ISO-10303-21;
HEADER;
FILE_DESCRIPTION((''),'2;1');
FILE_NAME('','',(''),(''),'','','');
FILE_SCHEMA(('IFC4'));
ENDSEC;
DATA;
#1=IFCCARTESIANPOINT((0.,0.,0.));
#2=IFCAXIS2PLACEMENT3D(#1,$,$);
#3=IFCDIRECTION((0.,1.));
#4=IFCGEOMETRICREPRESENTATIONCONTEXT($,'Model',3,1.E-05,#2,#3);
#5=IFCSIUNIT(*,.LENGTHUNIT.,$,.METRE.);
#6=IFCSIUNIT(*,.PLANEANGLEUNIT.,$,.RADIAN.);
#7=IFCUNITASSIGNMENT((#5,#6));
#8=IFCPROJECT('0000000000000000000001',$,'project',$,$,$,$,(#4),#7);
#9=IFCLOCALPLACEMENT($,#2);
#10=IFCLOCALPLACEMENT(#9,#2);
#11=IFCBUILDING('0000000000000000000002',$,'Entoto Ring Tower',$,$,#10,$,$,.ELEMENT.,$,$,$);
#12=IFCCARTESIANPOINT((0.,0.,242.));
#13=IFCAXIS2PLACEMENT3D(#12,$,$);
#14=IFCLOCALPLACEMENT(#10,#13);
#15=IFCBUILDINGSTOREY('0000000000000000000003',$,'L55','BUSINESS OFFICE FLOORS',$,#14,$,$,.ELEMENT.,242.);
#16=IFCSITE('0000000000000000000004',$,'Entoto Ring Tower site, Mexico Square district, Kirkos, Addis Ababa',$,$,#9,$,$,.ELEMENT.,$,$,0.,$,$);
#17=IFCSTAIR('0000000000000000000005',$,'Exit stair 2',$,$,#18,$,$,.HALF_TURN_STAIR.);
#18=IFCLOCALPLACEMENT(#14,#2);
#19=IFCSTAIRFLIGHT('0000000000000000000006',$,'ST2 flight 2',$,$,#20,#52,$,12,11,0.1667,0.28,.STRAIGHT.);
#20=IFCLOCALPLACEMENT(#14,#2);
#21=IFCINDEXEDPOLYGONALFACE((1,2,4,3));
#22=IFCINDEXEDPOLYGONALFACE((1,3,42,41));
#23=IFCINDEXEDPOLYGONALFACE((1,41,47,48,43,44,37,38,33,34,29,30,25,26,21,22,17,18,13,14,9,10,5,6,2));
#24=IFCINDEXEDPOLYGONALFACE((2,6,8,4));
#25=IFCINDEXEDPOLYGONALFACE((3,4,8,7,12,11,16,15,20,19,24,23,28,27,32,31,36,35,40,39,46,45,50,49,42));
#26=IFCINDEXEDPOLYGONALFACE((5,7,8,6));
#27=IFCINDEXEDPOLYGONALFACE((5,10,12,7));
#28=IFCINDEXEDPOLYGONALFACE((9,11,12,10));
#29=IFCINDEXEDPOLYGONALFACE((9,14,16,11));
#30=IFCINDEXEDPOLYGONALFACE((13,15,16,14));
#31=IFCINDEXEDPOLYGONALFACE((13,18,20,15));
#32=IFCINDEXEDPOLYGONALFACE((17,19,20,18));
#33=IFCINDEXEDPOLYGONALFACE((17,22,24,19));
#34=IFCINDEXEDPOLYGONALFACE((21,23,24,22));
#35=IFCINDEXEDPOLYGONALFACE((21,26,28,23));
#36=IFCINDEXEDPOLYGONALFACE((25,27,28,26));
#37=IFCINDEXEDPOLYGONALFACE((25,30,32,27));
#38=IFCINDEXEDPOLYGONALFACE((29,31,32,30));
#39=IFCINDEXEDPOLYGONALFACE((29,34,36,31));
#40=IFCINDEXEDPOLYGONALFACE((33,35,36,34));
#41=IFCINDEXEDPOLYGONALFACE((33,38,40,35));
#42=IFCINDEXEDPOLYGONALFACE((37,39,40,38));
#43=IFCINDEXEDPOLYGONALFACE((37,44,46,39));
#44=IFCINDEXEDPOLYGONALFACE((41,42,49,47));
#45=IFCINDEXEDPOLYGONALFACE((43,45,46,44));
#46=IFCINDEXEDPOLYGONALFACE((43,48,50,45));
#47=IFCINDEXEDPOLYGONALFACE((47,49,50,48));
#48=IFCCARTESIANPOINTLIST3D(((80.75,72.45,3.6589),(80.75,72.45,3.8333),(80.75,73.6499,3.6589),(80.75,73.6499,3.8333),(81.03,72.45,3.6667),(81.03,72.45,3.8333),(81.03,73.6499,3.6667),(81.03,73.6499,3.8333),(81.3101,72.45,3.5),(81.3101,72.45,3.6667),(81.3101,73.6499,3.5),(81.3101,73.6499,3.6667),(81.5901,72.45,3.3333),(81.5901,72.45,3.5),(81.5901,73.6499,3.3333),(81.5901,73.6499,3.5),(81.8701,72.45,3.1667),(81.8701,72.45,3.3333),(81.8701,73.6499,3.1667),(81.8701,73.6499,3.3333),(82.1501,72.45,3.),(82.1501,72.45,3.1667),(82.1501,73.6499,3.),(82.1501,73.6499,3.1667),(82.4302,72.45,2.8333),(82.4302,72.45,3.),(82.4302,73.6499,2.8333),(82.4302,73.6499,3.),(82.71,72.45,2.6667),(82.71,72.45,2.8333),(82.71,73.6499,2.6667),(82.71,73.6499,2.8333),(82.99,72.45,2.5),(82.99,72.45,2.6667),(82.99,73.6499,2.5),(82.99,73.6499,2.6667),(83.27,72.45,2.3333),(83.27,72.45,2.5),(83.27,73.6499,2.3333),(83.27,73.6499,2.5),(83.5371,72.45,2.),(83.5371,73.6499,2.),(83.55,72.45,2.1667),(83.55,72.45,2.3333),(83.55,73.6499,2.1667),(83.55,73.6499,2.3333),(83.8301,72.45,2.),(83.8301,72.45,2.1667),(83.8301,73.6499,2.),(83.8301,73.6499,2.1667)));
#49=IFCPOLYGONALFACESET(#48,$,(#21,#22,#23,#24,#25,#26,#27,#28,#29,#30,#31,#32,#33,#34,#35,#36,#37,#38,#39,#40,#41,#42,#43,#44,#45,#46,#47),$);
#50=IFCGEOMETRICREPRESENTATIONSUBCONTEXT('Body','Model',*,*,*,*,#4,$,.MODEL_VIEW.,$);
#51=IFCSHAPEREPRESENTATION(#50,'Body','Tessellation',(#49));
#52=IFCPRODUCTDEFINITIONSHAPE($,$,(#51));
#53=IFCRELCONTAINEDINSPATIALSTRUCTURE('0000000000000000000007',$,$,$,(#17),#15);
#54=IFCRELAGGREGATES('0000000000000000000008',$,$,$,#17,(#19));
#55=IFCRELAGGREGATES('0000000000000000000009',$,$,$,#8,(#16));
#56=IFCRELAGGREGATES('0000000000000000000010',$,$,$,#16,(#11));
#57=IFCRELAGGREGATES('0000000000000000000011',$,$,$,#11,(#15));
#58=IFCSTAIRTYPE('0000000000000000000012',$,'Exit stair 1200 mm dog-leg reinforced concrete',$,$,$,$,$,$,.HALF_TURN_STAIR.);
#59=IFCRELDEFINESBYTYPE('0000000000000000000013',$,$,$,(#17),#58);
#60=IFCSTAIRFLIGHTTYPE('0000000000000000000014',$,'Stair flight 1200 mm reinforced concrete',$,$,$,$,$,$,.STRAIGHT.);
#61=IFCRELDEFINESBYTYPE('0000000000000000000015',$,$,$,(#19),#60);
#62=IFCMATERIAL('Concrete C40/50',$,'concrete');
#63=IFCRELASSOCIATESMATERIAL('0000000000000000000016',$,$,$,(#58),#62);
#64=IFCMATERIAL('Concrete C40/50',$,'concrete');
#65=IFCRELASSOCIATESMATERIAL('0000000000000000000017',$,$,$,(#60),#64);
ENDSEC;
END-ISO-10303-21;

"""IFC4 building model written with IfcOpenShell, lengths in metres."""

from ifc_helpers import new_model, si_unit, direction, frame, origin, place, context, subcontext, project, spatial, polyline, outline, extrude, material, type_object, element, aggregate, save


model = new_model("IFC4")

# Units and contexts
model_context = context("Model", 3, precision=1e-05, world=origin(), true_north=direction((0.0, 1.0)))
body_context = subcontext(model_context, "Body", "Model", "MODEL_VIEW")
ifc_project = project(units=[si_unit("LENGTHUNIT", "METRE"), si_unit("PLANEANGLEUNIT", "RADIAN")], contexts=[model_context])

# Site, building, storey
site_placement = place(None, origin())
site = spatial("IfcSite", under=ifc_project, at=site_placement, Name="Entoto Ring Tower site, Mexico Square district, Kirkos, Addis Ababa", CompositionType="ELEMENT", RefElevation=0.0)
building_placement = place(site_placement, origin())
building = spatial("IfcBuilding", under=site, at=building_placement, Name="Entoto Ring Tower", CompositionType="ELEMENT")
storey_placement = place(building_placement, frame((0.0, 0.0, 242.0)))
storey = spatial("IfcBuildingStorey", under=building, at=storey_placement, Name="L55", Description="BUSINESS OFFICE FLOORS", CompositionType="ELEMENT", Elevation=242.0)

# Stair, stair flight
ifc_material_1 = material(Name="Concrete C40/50", Category="concrete")
stair_type = type_object("IfcStairType", Name="Exit stair 1200 mm dog-leg reinforced concrete", PredefinedType="HALF_TURN_STAIR", material=ifc_material_1)
stair_placement = place(storey_placement, origin())
stair = element("IfcStair", 1, at=stair_placement, inside=storey, type_object=stair_type, Name="Exit stair 2", PredefinedType="HALF_TURN_STAIR")
ifc_material_2 = material(Name="Concrete C40/50", Category="concrete")
stair_flight_type = type_object("IfcStairFlightType", Name="Stair flight 1200 mm reinforced concrete", PredefinedType="STRAIGHT", material=ifc_material_2)
stair_flight_1_placement = place(storey_placement, frame((83.8301, 73.05, 2.0), z_axis=(0.0, 0.0, 1.0), x_axis=(-1.0, 0.0, 0.0)))
stair_flight_1 = element("IfcStairFlight", 2, at=stair_flight_1_placement, type_object=stair_flight_type, Name="ST2 flight 2", NumberOfRisers=12, NumberOfTreads=11, PredefinedType="STRAIGHT", RiserHeight=0.1667, TreadLength=0.28, context=body_context, shape_type="SweptSolid", body=[
    extrude(outline(polyline([(0.0, 0.0), (0.0, 0.1667), (0.28, 0.1667), (0.28, 0.3333), (0.5601, 0.3333), (0.5601, 0.5), (0.8401, 0.5), (0.8401, 0.6667), (1.1201, 0.6667), (1.1201, 0.8333), (1.3999, 0.8333), (1.3999, 1.0), (1.6799, 1.0), (1.6799, 1.1667), (1.96, 1.1667), (1.96, 1.3333), (2.24, 1.3333), (2.24, 1.5), (2.52, 1.5), (2.52, 1.6667), (2.8, 1.6667), (2.8, 1.8333), (3.0801, 1.8333), (3.0801, 2.0), (3.0801, 1.6589), (0.293, 0.0), (0.0, 0.0)])), frame((0.0, 0.6001, 0.0), z_axis=(0.0, -1.0, 0.0), x_axis=(1.0, 0.0, 0.0)), (0.0, 0.0, 1.0), 1.2),
])
aggregate(stair, [stair_flight_1])

save(model, "model.ifc")
